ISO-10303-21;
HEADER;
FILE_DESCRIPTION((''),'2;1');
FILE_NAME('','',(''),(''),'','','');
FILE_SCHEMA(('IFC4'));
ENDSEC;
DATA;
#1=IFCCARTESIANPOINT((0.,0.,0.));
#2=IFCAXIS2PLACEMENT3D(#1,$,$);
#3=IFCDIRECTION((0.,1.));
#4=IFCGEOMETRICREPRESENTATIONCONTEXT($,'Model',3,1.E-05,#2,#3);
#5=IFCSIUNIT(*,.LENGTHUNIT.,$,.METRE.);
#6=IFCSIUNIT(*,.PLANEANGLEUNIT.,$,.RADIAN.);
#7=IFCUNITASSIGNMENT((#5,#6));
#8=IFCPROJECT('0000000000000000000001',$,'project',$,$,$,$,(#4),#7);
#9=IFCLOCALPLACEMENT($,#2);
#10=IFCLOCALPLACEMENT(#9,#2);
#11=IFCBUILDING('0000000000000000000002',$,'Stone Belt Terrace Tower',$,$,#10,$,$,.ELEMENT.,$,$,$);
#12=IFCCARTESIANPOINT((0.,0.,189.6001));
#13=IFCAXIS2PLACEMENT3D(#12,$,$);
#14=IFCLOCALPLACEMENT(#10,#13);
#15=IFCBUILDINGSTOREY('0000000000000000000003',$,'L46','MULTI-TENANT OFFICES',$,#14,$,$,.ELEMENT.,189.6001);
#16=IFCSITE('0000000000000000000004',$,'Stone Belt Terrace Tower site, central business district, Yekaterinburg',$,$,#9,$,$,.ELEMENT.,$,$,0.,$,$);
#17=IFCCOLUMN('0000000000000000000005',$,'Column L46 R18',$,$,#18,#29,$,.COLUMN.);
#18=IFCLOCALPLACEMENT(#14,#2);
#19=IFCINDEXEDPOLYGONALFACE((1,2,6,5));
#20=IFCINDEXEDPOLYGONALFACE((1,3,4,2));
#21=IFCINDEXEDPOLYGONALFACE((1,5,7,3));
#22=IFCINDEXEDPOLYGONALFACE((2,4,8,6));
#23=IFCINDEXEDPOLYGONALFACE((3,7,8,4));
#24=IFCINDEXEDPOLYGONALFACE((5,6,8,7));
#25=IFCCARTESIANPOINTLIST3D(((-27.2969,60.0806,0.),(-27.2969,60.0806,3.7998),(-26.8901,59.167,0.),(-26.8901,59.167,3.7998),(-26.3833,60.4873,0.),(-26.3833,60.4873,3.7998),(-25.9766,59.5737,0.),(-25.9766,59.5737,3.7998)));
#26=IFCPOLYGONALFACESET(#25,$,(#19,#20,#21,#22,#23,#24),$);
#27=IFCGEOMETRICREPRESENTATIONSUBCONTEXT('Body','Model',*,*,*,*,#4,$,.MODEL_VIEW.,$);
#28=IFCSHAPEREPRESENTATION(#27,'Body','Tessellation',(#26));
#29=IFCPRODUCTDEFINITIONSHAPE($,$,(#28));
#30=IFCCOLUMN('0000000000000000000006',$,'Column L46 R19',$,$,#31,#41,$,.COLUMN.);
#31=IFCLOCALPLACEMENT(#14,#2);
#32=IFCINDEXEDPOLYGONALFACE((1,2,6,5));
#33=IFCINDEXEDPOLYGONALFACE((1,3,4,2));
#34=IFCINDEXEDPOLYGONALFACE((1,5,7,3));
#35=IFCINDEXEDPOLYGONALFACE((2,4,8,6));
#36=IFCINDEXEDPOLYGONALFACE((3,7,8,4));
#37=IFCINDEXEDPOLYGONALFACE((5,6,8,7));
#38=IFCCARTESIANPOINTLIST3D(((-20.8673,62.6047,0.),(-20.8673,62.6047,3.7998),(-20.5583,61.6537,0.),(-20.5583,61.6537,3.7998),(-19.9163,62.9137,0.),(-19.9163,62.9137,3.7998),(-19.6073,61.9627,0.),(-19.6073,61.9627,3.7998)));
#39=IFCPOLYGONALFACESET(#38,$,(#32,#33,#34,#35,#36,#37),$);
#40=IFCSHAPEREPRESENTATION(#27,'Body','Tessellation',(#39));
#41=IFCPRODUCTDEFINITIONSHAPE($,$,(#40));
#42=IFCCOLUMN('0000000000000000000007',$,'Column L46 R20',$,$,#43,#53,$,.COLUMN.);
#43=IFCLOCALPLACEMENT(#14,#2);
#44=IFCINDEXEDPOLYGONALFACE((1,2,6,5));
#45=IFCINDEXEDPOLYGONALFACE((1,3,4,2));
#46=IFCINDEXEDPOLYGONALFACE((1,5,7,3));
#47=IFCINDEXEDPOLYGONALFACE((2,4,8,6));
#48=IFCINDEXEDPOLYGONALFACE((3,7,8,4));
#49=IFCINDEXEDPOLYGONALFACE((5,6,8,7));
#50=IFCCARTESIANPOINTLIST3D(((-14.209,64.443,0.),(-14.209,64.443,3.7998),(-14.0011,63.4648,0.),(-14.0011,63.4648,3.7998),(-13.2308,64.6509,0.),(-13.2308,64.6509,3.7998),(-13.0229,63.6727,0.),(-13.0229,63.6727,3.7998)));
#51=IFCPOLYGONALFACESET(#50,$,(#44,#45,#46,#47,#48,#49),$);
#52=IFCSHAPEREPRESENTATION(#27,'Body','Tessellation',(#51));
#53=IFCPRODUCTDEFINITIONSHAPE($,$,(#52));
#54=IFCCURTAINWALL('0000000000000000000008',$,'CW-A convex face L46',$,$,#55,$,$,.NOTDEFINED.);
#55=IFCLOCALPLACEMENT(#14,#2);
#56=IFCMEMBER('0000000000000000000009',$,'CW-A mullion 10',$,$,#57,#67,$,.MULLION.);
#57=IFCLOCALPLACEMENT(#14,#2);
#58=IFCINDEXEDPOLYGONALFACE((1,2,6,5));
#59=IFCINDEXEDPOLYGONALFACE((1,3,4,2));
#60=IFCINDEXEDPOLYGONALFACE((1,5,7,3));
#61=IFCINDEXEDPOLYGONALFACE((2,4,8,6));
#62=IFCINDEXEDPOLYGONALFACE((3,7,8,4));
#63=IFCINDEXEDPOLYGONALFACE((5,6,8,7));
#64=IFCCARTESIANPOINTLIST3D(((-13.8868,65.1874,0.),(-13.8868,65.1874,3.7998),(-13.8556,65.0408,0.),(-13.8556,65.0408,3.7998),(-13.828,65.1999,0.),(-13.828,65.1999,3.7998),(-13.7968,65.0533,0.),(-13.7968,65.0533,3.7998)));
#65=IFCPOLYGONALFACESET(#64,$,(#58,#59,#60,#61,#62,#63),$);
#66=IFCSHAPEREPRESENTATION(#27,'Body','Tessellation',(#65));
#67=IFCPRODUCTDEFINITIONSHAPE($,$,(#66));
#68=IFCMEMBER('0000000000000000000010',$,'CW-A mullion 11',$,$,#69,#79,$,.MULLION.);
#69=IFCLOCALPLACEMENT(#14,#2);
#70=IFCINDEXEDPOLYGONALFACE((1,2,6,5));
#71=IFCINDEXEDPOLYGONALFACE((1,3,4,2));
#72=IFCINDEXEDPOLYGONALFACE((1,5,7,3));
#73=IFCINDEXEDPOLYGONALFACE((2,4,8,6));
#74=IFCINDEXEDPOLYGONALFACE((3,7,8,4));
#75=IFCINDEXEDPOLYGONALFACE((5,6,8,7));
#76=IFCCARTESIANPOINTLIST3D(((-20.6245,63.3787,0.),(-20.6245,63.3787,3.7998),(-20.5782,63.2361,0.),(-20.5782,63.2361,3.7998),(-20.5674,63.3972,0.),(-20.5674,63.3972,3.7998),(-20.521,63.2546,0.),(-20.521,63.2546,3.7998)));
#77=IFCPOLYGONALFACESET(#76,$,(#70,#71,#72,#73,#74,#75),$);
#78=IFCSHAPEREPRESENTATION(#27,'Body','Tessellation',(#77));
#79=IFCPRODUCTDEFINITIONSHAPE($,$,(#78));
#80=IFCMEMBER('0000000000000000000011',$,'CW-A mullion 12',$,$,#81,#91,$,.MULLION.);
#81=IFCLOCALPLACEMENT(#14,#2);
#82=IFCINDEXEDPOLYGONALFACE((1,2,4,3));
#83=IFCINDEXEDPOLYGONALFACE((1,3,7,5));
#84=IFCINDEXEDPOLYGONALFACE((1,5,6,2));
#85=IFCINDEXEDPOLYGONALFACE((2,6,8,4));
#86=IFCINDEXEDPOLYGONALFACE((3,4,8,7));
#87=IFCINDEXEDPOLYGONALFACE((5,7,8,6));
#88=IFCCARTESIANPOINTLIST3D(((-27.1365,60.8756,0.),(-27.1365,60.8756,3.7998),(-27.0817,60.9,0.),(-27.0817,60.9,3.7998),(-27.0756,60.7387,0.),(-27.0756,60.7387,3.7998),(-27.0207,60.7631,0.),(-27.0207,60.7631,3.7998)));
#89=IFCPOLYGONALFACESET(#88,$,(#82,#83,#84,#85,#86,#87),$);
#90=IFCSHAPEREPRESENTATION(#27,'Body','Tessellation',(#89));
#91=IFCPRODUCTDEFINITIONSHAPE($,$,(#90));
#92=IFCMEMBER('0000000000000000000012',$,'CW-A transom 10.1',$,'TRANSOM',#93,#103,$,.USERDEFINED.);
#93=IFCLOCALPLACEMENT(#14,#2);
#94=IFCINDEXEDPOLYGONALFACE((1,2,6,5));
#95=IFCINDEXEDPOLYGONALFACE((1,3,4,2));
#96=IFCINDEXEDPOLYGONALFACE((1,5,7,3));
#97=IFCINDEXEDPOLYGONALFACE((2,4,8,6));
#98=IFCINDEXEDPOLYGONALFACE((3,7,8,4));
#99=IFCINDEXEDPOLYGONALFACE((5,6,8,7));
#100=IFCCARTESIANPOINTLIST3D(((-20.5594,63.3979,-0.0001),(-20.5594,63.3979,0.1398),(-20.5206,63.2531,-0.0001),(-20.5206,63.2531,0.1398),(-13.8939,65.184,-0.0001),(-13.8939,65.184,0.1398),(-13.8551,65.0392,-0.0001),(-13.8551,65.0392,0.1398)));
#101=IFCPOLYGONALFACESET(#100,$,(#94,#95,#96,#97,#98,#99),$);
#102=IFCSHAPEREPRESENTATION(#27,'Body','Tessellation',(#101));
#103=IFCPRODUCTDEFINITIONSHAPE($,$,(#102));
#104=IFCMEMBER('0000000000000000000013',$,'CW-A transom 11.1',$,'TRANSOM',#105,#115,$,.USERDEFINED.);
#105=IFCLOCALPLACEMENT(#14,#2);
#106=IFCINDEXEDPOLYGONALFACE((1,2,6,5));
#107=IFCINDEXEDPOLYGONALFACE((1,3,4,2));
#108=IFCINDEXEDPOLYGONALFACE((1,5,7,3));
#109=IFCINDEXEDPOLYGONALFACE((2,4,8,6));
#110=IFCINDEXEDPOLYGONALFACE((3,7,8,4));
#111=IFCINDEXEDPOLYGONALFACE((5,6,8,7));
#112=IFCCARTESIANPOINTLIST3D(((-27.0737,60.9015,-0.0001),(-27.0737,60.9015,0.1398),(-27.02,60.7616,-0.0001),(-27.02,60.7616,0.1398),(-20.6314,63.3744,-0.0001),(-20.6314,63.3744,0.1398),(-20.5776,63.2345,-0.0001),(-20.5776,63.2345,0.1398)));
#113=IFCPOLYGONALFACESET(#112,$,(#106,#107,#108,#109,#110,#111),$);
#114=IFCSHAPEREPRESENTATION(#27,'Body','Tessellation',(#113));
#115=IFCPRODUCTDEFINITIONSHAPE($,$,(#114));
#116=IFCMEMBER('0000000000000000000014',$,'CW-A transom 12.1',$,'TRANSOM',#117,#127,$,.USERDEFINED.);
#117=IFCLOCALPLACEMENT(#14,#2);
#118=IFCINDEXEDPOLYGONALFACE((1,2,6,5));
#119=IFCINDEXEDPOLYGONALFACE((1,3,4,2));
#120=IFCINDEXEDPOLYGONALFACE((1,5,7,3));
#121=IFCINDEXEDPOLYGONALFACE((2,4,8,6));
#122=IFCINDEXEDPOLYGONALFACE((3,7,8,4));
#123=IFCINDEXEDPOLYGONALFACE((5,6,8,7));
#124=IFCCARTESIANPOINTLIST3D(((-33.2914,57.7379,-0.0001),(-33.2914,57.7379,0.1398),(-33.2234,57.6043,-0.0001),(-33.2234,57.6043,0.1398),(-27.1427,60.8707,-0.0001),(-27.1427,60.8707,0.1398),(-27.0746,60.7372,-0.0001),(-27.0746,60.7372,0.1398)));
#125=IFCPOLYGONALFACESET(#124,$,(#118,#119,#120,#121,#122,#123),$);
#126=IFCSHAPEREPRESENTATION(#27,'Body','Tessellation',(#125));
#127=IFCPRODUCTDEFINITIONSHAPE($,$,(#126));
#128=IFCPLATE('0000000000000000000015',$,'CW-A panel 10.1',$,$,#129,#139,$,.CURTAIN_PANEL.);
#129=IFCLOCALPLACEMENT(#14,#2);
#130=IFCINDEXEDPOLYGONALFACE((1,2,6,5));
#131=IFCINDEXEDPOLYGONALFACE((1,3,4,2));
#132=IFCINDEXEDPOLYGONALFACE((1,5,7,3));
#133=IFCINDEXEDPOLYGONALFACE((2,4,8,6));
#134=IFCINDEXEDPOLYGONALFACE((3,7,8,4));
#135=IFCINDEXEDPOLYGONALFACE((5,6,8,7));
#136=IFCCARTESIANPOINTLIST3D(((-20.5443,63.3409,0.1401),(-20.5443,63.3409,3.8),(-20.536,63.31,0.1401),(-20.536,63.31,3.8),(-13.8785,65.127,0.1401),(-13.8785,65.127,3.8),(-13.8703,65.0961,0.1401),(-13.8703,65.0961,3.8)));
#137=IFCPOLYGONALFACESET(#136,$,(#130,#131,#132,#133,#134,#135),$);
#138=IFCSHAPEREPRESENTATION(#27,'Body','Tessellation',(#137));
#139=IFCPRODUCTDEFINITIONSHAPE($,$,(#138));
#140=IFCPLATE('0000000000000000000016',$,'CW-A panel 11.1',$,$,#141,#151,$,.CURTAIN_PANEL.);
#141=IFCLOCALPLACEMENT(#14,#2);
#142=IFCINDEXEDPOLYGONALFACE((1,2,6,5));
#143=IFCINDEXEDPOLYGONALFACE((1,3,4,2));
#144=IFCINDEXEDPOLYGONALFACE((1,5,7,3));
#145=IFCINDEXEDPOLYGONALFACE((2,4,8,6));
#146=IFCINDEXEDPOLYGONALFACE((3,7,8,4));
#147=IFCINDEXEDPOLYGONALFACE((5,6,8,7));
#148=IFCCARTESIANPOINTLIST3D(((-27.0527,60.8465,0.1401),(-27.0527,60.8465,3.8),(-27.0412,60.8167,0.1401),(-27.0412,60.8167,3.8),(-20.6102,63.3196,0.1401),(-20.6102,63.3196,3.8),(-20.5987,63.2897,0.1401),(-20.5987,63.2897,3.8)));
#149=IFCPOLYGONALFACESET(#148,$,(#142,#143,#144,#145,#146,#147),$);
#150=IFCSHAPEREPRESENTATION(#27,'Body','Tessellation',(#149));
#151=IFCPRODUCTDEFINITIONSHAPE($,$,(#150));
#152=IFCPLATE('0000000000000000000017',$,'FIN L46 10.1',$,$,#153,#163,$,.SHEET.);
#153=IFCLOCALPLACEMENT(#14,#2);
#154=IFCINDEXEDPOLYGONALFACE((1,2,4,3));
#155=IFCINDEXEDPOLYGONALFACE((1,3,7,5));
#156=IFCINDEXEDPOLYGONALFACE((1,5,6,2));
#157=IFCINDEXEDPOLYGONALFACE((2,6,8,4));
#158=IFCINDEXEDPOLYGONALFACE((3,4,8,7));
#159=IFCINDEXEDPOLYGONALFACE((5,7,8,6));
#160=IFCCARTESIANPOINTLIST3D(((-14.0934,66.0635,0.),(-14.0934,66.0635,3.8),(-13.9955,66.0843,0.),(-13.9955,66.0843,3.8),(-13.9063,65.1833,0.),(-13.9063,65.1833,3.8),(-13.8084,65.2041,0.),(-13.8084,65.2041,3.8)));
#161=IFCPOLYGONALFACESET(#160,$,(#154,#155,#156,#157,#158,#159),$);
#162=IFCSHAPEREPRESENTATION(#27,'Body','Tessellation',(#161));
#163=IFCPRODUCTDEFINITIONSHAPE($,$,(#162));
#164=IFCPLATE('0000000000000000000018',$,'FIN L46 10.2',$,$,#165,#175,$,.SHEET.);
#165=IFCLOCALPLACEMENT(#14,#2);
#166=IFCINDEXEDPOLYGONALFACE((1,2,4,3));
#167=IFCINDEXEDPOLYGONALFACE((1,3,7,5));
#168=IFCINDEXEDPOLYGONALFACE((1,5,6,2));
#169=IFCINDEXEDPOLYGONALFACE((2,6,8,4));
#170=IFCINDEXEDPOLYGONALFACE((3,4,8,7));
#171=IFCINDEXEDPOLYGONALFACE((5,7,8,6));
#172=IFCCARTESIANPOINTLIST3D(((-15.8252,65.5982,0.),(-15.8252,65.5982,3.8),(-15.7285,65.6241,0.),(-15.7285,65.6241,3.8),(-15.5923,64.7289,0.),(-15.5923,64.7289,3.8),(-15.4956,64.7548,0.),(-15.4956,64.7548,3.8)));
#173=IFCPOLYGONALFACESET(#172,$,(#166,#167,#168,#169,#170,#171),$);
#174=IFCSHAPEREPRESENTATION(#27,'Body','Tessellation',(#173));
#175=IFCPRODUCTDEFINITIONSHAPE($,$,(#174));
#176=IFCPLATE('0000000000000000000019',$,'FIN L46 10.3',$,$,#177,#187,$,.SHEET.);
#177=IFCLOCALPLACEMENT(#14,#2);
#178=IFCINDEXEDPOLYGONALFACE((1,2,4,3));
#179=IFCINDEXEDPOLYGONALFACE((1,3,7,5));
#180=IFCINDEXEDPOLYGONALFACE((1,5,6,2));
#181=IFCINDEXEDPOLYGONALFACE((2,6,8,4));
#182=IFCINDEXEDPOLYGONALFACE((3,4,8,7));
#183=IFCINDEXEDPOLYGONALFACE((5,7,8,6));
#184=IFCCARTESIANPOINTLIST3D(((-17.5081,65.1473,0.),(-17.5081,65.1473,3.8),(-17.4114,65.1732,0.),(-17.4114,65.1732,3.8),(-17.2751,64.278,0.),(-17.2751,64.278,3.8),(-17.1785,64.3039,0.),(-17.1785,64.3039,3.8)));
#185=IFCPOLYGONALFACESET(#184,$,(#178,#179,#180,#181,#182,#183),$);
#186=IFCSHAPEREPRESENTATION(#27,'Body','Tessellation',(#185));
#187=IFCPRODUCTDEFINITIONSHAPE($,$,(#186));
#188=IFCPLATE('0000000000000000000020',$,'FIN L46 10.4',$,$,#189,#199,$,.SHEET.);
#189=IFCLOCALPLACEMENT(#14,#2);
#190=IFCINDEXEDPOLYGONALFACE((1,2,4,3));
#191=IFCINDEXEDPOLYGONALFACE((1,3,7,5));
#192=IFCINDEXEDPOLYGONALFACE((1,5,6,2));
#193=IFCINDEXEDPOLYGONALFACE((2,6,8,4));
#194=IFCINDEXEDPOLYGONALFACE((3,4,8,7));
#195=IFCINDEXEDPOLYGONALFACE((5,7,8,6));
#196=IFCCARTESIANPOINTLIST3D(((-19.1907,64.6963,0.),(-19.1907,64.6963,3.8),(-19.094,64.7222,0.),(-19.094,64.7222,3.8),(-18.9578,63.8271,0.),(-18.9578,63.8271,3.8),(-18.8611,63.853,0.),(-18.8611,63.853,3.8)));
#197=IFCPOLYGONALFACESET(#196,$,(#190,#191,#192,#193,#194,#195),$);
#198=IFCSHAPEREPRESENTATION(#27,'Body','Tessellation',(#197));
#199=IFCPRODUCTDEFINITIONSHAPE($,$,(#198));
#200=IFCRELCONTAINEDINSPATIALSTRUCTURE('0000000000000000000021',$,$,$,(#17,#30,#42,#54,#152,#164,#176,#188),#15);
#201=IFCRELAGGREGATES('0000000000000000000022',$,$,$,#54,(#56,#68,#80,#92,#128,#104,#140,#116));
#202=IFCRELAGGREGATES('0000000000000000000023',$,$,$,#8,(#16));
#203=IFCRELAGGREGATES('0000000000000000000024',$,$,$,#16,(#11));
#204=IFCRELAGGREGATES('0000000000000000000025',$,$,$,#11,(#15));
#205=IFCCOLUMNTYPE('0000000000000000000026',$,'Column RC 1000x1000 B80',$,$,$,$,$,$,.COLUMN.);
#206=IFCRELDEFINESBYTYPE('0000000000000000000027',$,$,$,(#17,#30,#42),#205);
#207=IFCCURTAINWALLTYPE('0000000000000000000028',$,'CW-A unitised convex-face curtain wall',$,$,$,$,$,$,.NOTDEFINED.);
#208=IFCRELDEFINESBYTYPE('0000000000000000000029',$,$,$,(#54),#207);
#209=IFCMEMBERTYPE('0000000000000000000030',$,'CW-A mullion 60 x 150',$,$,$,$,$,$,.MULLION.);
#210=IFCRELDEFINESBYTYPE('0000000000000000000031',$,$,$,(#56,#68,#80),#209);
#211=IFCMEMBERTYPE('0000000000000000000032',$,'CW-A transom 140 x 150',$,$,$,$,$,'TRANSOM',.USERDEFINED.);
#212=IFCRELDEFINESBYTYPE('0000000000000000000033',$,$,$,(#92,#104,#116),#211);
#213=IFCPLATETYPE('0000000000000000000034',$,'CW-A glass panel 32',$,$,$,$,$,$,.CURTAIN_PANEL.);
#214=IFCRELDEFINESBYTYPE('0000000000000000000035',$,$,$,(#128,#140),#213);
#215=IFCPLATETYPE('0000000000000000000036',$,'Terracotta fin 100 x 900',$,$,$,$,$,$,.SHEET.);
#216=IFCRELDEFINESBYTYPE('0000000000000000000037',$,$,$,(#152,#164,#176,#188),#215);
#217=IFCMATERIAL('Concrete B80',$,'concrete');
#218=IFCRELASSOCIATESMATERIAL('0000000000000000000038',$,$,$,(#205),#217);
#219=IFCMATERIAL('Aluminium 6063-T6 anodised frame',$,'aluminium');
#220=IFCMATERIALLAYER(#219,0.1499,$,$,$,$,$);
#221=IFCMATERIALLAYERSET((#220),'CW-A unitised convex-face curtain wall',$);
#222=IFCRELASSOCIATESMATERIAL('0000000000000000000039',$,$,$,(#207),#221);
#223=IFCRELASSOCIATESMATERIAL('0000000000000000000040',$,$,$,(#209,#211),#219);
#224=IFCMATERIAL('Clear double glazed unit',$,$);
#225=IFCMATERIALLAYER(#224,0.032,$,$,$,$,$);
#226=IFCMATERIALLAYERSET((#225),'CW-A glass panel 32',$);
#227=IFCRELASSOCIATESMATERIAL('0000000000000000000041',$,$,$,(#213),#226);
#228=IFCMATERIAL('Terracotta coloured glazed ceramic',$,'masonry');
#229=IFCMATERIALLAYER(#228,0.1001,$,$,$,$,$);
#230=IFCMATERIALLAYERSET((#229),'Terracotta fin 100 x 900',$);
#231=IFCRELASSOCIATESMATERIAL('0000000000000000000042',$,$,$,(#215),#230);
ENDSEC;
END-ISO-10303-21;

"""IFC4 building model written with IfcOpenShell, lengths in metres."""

from ifc_helpers import new_model, si_unit, direction, frame, origin, origin_2d, place, context, subcontext, project, spatial, rectangle, extrude, material, layer, layer_set, material_profile, profile_set, type_object, element, aggregate, save


model = new_model("IFC4")

# Units and contexts
model_context = context("Model", 3, precision=1e-05, world=origin(), true_north=direction((0.0, 1.0)))
body_context = subcontext(model_context, "Body", "Model", "MODEL_VIEW")
ifc_project = project(units=[si_unit("LENGTHUNIT", "METRE"), si_unit("PLANEANGLEUNIT", "RADIAN")], contexts=[model_context])

# Site, building, storey
site_placement = place(None, origin())
site = spatial("IfcSite", under=ifc_project, at=site_placement, Name="Stone Belt Terrace Tower site, central business district, Yekaterinburg", CompositionType="ELEMENT", RefElevation=0.0)
building_placement = place(site_placement, origin())
building = spatial("IfcBuilding", under=site, at=building_placement, Name="Stone Belt Terrace Tower", CompositionType="ELEMENT")
storey_placement = place(building_placement, frame((0.0, 0.0, 189.6001)))
storey = spatial("IfcBuildingStorey", under=building, at=storey_placement, Name="L46", Description="MULTI-TENANT OFFICES", CompositionType="ELEMENT", Elevation=189.6001)

# Columns
ifc_material_1 = material(Name="Concrete B80", Category="concrete")
ifc_material_profile_1 = material_profile(ifc_material_1, rectangle(XDim=1.0, YDim=1.0, at=origin_2d()), Name="RC 1000x1000")
ifc_profile_set_1 = profile_set([ifc_material_profile_1], Name="Concrete B80")
column_type = type_object("IfcColumnType", Name="Column RC 1000x1000 B80", PredefinedType="COLUMN", material=ifc_profile_set_1)
for number, where, z_axis, x_axis, name in (
    (1, (-26.6367, 59.8271, 0.0), (0.0, 0.0, 1.0), (0.913545, 0.406737, 0.0), "Column L46 R18"),
    (2, (-20.2373, 62.2837, 0.0), (0.0, 0.0, 1.0), (0.951057, 0.309017, 0.0), "Column L46 R19"),
    (3, (-13.616, 64.0579, 0.0), (0.0, 0.0, 1.0), (0.978148, 0.207912, 0.0), "Column L46 R20"),
):
    element("IfcColumn", number, at=place(storey_placement, frame(where, z_axis=z_axis, x_axis=x_axis)), inside=storey, type_object=column_type, Name=name, PredefinedType="COLUMN", context=body_context, shape_type="SweptSolid", body=[
        extrude(rectangle(XDim=1.0, YDim=1.0, at=origin_2d()), origin(), (0.0, 0.0, 1.0), 3.7998),
    ])

# Curtain wall, members, plates
ifc_material_2 = material(Name="Aluminium 6063-T6 anodised frame", Category="aluminium")
ifc_layer_1 = layer(ifc_material_2, 0.1499)
ifc_layer_set_1 = layer_set([ifc_layer_1], Name="CW-A unitised convex-face curtain wall")
curtain_wall_type = type_object("IfcCurtainWallType", Name="CW-A unitised convex-face curtain wall", PredefinedType="NOTDEFINED", material=ifc_layer_set_1)
curtain_wall_placement = place(storey_placement, origin())
curtain_wall = element("IfcCurtainWall", 4, at=curtain_wall_placement, inside=storey, type_object=curtain_wall_type, Name="CW-A convex face L46", PredefinedType="NOTDEFINED")
ifc_material_profile_2 = material_profile(ifc_material_2, rectangle(XDim=0.1499, YDim=0.0601, at=origin_2d()), Name="Aluminium 6063-T6 60x150")
ifc_profile_set_2 = profile_set([ifc_material_profile_2], Name="Aluminium 6063-T6 anodised frame")
member_type_1 = type_object("IfcMemberType", Name="CW-A mullion 60 x 150", PredefinedType="MULLION", material=ifc_profile_set_2)
member_1_placement = place(storey_placement, frame((-13.8418, 65.1204, 0.0), z_axis=(0.0, 0.0, 1.0), x_axis=(0.207912, -0.978148, 0.0)))
member_1 = element("IfcMember", 5, at=member_1_placement, type_object=member_type_1, Name="CW-A mullion 10", PredefinedType="MULLION", context=body_context, shape_type="SweptSolid", body=[
    extrude(rectangle(XDim=0.1499, YDim=0.0601, at=origin_2d()), origin(), (0.0, 0.0, 1.0), 3.7998),
])
member_2_placement = place(storey_placement, frame((-20.5728, 63.3167, 0.0), z_axis=(0.0, 0.0, 1.0), x_axis=(0.309017, -0.951057, 0.0)))
member_2 = element("IfcMember", 6, at=member_2_placement, type_object=member_type_1, Name="CW-A mullion 11", PredefinedType="MULLION", context=body_context, shape_type="SweptSolid", body=[
    extrude(rectangle(XDim=0.1499, YDim=0.0601, at=origin_2d()), origin(), (0.0, 0.0, 1.0), 3.7998),
])
member_3_placement = place(storey_placement, frame((-27.0786, 60.8193, 0.0), z_axis=(0.0, 0.0, 1.0), x_axis=(0.406737, -0.913545, 0.0)))
member_3 = element("IfcMember", 7, at=member_3_placement, type_object=member_type_1, Name="CW-A mullion 12", PredefinedType="MULLION", context=body_context, shape_type="SweptSolid", body=[
    extrude(rectangle(XDim=0.1499, YDim=0.0601, at=origin_2d()), origin(), (0.0, 0.0, 1.0), 3.7998),
])
ifc_material_profile_3 = material_profile(ifc_material_2, rectangle(XDim=0.1499, YDim=0.1399, at=origin_2d()), Name="Aluminium 6063-T6 150x140")
ifc_profile_set_3 = profile_set([ifc_material_profile_3], Name="Aluminium 6063-T6 anodised frame")
member_type_2 = type_object("IfcMemberType", Name="CW-A transom 140 x 150", ElementType="TRANSOM", PredefinedType="USERDEFINED", material=ifc_profile_set_3)
member_4_placement = place(storey_placement, frame((-13.8745, 65.1116, 0.0698), z_axis=(-0.965922, -0.258834, 0.0), x_axis=(0.258834, -0.965922, 0.0)))
member_4 = element("IfcMember", 8, at=member_4_placement, type_object=member_type_2, Name="CW-A transom 10.1", ObjectType="TRANSOM", PredefinedType="USERDEFINED", context=body_context, shape_type="SweptSolid", body=[
    extrude(rectangle(XDim=0.1499, YDim=0.1399, at=origin_2d()), origin(), (0.0, 0.0, 1.0), 6.9006),
])
member_5_placement = place(storey_placement, frame((-20.6045, 63.3044, 0.0698), z_axis=(-0.933585, -0.358355, 0.0), x_axis=(0.358355, -0.933585, 0.0)))
member_5 = element("IfcMember", 9, at=member_5_placement, type_object=member_type_2, Name="CW-A transom 11.1", ObjectType="TRANSOM", PredefinedType="USERDEFINED", context=body_context, shape_type="SweptSolid", body=[
    extrude(rectangle(XDim=0.1499, YDim=0.1399, at=origin_2d()), origin(), (0.0, 0.0, 1.0), 6.9006),
])
member_6_placement = place(storey_placement, frame((-27.1086, 60.804, 0.0698), z_axis=(-0.891012, -0.453979, 0.0), x_axis=(0.453979, -0.891012, 0.0)))
member_6 = element("IfcMember", 10, at=member_6_placement, type_object=member_type_2, Name="CW-A transom 12.1", ObjectType="TRANSOM", PredefinedType="USERDEFINED", context=body_context, shape_type="SweptSolid", body=[
    extrude(rectangle(XDim=0.1499, YDim=0.1399, at=origin_2d()), origin(), (0.0, 0.0, 1.0), 6.9009),
])
ifc_material_3 = material(Name="Clear double glazed unit")
ifc_layer_2 = layer(ifc_material_3, 0.032)
ifc_layer_set_2 = layer_set([ifc_layer_2], Name="CW-A glass panel 32")
plate_type_1 = type_object("IfcPlateType", Name="CW-A glass panel 32", PredefinedType="CURTAIN_PANEL", material=ifc_layer_set_2)
plate_1_placement = place(storey_placement, frame((-17.2073, 64.2185, 0.1401), z_axis=(0.0, 0.0, 1.0), x_axis=(-0.965926, -0.258819, 0.0)))
plate_1 = element("IfcPlate", 11, at=plate_1_placement, type_object=plate_type_1, Name="CW-A panel 10.1", PredefinedType="CURTAIN_PANEL", context=body_context, shape_type="SweptSolid", body=[
    extrude(rectangle(XDim=6.9009, YDim=0.032, at=origin_2d()), origin(), (0.0, 0.0, 1.0), 3.6599),
])
plate_2_placement = place(storey_placement, frame((-23.8257, 62.0681, 0.1401), z_axis=(0.0, 0.0, 1.0), x_axis=(-0.93358, -0.358368, 0.0)))
plate_2 = element("IfcPlate", 12, at=plate_2_placement, type_object=plate_type_1, Name="CW-A panel 11.1", PredefinedType="CURTAIN_PANEL", context=body_context, shape_type="SweptSolid", body=[
    extrude(rectangle(XDim=6.9009, YDim=0.032, at=origin_2d()), origin(), (0.0, 0.0, 1.0), 3.6599),
])
aggregate(curtain_wall, [member_1, member_2, member_3, member_4, plate_1, member_5, plate_2, member_6])

# Plates
ifc_material_4 = material(Name="Terracotta coloured glazed ceramic", Category="masonry")
ifc_layer_3 = layer(ifc_material_4, 0.1001)
ifc_layer_set_3 = layer_set([ifc_layer_3], Name="Terracotta fin 100 x 900")
plate_type_2 = type_object("IfcPlateType", Name="Terracotta fin 100 x 900", PredefinedType="SHEET", material=ifc_layer_set_3)
for number, where, z_axis, x_axis, name in (
    (13, (-13.9509, 65.6338, 0.0), (0.0, 0.0, 1.0), (-0.207912, 0.978148, 0.0), "FIN L46 10.1"),
    (14, (-15.6604, 65.1765, 0.0), (0.0, 0.0, 1.0), (-0.258819, 0.965926, 0.0), "FIN L46 10.2"),
    (15, (-17.3433, 64.7256, 0.0), (0.0, 0.0, 1.0), (-0.258819, 0.965926, 0.0), "FIN L46 10.3"),
    (16, (-19.0259, 64.2747, 0.0), (0.0, 0.0, 1.0), (-0.258819, 0.965926, 0.0), "FIN L46 10.4"),
):
    element("IfcPlate", number, at=place(storey_placement, frame(where, z_axis=z_axis, x_axis=x_axis)), inside=storey, type_object=plate_type_2, Name=name, PredefinedType="SHEET", context=body_context, shape_type="SweptSolid", body=[
        extrude(rectangle(XDim=0.8999, YDim=0.1001, at=origin_2d()), origin(), (0.0, 0.0, 1.0), 3.8),
    ])

save(model, "model.ifc")
